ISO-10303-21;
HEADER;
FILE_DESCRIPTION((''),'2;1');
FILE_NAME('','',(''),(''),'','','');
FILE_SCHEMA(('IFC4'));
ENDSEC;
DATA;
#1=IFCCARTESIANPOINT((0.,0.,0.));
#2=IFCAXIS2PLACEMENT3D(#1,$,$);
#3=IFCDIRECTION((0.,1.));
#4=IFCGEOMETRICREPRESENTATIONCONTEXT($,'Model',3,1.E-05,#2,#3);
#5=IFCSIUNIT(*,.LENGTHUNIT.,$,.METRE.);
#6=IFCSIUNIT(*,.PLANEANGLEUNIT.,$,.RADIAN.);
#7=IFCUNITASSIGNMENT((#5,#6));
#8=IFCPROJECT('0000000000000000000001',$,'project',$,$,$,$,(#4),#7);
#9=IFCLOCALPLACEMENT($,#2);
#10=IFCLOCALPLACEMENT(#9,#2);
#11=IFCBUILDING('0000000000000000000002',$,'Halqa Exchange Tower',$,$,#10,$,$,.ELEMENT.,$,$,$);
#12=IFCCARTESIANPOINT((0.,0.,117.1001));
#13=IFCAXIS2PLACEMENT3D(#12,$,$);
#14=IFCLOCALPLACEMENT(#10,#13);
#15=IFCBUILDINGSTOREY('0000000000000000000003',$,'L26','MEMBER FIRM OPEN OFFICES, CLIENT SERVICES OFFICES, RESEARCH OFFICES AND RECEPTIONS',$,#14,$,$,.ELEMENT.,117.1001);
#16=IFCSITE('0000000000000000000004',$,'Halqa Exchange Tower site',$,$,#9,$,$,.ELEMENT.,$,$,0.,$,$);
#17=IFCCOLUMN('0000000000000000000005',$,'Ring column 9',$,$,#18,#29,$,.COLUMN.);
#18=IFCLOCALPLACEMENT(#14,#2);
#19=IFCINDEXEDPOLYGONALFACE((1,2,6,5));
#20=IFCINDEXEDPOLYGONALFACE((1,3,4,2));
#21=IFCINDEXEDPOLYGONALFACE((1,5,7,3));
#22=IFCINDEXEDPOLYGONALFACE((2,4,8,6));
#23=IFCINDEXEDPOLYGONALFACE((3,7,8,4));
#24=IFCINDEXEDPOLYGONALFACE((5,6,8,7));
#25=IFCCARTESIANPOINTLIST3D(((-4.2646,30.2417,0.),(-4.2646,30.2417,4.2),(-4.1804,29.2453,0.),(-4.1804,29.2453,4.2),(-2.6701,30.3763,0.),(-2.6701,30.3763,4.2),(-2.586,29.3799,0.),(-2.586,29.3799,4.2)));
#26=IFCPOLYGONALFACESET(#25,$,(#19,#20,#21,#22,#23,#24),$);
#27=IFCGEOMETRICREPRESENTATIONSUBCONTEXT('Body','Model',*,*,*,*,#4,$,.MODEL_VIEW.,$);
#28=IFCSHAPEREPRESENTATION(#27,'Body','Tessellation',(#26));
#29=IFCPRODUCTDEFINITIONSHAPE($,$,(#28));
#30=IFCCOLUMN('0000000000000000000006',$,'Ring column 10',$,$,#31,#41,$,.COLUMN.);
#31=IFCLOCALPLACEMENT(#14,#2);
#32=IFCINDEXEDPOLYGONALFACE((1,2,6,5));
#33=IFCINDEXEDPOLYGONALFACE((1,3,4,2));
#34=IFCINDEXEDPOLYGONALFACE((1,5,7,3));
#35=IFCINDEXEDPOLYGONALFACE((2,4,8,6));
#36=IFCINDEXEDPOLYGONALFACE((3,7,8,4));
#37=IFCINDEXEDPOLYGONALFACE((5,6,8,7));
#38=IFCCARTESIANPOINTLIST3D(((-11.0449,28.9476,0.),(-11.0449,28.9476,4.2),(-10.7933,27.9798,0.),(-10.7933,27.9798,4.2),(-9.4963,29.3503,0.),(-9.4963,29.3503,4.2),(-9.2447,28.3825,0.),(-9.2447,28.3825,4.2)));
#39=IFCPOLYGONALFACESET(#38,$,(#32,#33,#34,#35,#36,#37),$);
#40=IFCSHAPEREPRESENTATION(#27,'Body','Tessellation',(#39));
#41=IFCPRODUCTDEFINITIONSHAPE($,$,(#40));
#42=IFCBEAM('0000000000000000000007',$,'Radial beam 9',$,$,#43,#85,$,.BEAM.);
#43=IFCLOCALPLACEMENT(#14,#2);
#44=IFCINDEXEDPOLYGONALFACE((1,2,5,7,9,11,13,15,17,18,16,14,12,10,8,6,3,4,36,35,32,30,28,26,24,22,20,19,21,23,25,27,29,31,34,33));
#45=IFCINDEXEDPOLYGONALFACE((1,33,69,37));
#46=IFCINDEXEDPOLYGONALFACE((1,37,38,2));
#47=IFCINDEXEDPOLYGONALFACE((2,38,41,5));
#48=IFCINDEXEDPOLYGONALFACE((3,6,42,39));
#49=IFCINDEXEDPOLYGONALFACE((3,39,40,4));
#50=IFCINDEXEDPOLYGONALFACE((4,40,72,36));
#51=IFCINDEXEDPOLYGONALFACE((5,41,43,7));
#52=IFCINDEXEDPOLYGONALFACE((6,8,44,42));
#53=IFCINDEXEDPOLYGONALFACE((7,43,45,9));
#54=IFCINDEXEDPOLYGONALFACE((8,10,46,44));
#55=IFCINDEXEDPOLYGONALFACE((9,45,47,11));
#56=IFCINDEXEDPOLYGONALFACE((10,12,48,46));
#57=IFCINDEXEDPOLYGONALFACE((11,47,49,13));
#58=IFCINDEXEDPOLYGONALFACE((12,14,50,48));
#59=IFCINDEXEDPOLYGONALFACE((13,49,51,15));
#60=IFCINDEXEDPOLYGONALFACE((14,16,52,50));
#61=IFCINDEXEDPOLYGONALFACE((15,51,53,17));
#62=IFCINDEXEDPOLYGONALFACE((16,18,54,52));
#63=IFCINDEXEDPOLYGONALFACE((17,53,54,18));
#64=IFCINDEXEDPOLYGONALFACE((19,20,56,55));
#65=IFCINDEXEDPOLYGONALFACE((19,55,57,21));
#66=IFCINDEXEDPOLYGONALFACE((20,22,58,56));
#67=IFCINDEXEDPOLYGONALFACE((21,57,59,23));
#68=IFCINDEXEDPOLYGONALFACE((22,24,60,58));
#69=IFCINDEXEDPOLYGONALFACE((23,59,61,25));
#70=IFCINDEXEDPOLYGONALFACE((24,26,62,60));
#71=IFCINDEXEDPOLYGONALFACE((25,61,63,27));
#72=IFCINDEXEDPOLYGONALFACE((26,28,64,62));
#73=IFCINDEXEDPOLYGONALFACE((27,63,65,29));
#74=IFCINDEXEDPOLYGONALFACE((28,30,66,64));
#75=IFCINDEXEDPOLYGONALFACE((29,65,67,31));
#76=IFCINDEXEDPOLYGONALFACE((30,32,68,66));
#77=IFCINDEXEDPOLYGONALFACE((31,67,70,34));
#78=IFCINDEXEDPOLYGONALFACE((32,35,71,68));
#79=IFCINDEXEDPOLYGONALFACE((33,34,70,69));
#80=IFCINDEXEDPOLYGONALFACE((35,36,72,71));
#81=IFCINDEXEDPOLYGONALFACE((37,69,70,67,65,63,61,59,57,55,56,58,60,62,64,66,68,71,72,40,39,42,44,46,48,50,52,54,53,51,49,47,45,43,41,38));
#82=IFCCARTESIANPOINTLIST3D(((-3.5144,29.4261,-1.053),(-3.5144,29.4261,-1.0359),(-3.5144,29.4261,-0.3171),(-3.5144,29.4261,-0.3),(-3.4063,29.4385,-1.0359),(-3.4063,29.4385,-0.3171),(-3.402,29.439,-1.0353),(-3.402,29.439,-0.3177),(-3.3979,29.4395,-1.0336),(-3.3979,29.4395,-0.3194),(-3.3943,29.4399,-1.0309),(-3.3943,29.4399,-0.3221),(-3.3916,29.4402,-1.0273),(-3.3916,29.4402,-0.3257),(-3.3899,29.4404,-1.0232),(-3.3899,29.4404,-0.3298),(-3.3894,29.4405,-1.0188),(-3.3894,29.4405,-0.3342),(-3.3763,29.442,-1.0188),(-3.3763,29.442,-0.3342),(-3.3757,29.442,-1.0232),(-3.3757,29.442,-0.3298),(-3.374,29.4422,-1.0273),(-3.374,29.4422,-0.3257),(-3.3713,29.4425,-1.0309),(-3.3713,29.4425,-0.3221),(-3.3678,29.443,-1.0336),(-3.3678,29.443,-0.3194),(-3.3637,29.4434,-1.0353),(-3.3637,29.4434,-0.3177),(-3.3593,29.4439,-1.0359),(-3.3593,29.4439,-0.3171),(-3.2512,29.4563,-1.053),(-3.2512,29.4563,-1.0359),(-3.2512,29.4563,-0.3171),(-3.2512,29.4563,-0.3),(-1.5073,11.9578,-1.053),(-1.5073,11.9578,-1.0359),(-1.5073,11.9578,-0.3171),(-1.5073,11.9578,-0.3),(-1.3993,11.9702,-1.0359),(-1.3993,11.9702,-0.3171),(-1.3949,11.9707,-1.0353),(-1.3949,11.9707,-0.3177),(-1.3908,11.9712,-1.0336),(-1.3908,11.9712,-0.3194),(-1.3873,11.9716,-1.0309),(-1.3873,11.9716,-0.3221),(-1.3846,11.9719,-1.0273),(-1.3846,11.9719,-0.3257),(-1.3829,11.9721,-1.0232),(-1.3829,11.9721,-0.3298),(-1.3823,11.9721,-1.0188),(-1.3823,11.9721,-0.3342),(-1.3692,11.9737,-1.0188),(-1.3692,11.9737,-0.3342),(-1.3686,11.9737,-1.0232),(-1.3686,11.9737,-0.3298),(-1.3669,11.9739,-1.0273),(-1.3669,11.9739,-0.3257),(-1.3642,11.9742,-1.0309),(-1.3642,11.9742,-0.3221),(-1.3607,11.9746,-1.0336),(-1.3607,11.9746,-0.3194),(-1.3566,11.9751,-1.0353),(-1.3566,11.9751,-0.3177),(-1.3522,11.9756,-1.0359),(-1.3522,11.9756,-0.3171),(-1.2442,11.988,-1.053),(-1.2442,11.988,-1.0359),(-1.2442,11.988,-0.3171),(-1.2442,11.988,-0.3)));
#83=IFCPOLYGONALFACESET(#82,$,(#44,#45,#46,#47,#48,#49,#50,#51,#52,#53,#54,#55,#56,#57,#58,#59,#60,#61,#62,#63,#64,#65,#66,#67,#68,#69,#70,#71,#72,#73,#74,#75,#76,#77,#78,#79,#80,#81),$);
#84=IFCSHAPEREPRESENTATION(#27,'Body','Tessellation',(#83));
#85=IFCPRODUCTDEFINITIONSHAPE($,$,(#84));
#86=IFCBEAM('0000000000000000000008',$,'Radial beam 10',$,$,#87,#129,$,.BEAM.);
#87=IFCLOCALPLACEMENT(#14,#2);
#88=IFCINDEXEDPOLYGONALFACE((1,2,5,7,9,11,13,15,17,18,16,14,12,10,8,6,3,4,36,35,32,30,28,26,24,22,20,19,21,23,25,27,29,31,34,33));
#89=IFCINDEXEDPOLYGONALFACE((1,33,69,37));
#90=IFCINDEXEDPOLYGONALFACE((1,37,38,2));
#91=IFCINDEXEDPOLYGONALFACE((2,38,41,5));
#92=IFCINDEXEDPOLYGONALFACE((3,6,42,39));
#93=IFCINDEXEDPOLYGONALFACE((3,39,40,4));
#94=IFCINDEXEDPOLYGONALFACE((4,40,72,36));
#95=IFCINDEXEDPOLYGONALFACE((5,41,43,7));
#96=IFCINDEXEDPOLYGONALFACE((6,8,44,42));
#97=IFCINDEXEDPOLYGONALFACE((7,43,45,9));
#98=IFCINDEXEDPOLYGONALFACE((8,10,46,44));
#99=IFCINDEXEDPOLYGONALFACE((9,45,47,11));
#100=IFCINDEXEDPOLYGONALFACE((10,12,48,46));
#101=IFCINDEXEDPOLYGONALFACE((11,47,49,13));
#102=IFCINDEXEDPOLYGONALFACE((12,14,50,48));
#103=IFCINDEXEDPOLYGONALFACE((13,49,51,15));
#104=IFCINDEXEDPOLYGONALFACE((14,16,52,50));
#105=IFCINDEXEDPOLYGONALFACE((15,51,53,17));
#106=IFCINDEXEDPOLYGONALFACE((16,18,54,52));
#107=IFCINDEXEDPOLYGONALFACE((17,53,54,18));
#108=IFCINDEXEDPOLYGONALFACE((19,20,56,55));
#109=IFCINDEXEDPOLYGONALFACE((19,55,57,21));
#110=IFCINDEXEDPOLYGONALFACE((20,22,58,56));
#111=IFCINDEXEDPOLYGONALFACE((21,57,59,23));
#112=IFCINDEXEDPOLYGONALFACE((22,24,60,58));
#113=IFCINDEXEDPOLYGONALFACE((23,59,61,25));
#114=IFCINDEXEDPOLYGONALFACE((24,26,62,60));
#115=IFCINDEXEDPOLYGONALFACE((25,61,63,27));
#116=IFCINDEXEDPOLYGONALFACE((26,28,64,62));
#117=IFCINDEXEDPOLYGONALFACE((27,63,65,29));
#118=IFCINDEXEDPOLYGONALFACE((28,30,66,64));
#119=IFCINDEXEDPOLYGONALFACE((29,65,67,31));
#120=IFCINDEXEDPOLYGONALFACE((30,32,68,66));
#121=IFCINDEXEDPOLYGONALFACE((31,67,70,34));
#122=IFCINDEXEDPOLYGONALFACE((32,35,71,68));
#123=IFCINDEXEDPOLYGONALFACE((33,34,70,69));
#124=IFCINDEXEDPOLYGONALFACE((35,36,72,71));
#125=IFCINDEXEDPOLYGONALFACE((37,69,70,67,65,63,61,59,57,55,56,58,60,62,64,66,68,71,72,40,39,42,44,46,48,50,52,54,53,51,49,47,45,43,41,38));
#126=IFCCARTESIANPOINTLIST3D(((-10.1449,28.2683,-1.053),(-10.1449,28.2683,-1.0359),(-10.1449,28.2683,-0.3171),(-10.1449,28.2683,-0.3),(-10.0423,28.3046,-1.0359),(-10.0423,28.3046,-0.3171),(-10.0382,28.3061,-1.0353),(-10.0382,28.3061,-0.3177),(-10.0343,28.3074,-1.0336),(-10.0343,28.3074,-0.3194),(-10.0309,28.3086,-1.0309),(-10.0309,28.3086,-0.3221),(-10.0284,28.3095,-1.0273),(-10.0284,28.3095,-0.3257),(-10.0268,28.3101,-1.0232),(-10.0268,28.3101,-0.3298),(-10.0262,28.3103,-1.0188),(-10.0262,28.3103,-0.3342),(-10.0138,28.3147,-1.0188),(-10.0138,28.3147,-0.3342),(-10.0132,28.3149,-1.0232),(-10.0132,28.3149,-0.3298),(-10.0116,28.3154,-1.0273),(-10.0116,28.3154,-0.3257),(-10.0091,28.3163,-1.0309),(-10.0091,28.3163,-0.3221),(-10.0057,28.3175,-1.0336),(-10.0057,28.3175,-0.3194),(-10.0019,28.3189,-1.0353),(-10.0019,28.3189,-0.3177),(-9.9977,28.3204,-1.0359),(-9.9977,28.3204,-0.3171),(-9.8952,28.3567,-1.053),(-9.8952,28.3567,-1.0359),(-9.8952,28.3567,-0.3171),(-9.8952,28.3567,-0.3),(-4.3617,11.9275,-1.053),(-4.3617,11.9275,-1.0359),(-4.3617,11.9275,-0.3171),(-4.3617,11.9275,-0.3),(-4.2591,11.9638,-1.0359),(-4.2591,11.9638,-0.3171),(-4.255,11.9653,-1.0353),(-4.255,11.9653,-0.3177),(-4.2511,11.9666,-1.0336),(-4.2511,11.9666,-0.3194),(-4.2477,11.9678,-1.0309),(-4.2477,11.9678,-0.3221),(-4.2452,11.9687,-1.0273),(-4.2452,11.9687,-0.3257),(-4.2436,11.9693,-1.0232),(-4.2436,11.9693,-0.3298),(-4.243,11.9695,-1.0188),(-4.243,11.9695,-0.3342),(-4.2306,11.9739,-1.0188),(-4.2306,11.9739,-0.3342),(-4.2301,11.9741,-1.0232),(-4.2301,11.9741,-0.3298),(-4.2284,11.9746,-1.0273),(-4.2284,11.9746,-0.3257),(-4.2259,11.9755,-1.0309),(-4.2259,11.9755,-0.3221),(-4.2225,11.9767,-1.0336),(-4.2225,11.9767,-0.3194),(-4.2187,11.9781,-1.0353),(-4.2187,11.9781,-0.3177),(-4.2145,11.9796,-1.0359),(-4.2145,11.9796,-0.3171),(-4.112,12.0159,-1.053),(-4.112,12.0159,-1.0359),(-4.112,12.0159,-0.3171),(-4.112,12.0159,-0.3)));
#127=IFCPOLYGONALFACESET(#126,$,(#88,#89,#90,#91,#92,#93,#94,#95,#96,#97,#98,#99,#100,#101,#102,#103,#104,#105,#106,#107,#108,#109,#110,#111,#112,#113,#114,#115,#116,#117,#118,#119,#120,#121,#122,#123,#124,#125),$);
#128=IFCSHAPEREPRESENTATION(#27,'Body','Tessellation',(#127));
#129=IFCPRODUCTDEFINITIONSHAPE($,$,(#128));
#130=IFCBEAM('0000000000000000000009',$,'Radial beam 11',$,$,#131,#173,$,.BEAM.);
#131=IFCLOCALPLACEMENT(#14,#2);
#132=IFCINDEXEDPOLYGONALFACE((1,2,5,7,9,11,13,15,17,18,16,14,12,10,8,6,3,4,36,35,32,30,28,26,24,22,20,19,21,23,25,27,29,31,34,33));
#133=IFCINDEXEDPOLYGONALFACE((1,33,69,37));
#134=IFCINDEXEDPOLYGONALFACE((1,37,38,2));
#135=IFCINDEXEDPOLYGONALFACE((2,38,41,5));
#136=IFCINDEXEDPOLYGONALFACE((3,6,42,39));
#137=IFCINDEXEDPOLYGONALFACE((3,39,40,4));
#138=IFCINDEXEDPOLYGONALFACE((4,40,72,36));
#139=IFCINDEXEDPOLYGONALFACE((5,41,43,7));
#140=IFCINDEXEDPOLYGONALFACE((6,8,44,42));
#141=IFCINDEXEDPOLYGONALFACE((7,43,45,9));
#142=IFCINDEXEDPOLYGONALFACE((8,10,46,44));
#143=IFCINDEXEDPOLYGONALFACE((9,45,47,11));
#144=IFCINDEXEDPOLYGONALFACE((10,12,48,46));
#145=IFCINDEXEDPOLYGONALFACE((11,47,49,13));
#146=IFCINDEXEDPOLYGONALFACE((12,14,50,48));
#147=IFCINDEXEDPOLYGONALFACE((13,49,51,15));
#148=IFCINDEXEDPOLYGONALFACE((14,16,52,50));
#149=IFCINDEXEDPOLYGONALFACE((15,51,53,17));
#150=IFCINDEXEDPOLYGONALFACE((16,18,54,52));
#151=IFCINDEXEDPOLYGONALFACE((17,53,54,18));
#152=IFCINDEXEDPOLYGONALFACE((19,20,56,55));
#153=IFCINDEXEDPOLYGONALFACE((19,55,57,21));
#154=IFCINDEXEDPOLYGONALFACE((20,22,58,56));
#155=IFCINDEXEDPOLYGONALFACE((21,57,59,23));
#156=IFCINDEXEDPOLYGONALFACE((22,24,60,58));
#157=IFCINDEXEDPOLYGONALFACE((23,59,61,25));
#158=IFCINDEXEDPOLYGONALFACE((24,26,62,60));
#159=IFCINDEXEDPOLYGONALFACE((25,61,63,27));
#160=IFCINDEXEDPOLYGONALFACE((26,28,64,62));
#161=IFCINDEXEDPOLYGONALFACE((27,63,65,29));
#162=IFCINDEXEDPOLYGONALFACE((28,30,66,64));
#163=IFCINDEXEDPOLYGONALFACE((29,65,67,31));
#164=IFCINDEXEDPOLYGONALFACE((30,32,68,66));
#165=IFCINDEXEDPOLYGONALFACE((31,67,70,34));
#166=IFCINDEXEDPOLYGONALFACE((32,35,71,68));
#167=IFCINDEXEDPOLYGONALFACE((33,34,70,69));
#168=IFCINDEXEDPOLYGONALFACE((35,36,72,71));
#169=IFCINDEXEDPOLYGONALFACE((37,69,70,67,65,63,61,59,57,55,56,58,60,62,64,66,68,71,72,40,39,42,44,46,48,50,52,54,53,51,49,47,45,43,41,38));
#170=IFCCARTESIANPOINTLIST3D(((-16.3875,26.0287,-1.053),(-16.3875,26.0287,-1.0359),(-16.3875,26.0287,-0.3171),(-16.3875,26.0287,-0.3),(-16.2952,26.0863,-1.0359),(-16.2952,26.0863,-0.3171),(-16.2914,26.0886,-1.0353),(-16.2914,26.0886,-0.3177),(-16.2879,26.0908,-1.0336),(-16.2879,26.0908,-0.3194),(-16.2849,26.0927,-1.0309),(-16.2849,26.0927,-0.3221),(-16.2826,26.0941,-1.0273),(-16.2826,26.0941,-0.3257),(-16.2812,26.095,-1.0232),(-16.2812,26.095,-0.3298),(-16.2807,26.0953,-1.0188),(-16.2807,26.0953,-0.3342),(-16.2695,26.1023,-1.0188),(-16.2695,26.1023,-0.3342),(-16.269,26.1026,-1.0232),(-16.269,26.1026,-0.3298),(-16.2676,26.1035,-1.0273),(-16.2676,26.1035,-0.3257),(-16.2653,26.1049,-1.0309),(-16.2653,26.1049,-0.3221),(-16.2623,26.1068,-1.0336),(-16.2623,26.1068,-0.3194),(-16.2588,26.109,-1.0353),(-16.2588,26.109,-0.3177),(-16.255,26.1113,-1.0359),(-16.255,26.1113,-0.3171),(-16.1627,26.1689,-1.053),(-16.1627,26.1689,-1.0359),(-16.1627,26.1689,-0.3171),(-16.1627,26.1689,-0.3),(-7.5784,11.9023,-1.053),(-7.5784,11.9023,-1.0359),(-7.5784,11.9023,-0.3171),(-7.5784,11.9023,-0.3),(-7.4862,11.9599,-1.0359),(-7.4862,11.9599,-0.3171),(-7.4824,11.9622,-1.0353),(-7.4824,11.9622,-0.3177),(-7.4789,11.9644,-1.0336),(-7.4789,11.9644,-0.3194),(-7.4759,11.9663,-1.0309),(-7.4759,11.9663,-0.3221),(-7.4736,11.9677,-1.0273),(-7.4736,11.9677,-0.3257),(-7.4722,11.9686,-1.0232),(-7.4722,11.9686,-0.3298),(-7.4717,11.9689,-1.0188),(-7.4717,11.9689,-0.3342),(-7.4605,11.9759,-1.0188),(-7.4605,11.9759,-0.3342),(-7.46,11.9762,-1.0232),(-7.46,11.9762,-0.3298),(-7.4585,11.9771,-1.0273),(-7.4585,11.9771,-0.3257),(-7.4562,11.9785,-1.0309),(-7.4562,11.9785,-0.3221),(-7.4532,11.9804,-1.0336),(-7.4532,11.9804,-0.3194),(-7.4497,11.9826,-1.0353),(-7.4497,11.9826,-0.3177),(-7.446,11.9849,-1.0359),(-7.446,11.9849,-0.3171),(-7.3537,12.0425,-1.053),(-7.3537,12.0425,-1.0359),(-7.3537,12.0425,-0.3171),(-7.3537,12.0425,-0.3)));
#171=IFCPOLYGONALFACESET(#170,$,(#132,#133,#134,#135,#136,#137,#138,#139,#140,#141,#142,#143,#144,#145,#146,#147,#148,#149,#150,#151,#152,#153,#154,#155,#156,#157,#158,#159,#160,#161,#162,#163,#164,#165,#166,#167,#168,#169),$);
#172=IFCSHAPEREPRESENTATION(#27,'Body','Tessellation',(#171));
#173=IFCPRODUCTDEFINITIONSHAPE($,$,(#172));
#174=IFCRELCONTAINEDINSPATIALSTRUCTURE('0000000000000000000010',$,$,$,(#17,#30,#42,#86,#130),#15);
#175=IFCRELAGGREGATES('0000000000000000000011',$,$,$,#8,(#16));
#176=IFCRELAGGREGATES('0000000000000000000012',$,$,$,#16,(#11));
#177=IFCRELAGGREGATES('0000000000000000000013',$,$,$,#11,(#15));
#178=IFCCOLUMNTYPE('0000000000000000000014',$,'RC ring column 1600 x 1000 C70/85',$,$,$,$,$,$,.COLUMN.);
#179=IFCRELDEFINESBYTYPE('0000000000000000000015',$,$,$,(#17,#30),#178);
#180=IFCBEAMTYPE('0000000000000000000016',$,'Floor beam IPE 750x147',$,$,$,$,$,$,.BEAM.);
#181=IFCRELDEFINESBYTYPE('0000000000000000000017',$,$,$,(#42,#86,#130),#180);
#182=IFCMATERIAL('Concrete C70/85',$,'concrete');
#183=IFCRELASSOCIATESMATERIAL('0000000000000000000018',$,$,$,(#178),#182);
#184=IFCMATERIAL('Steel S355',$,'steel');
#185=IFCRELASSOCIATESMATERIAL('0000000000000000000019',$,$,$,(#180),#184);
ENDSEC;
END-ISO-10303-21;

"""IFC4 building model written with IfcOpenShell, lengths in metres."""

from ifc_helpers import new_model, si_unit, direction, frame, origin, origin_2d, place, context, subcontext, project, spatial, rectangle, i_section, extrude, material, material_profile, profile_set, type_object, element, save


model = new_model("IFC4")

# Units and contexts
model_context = context("Model", 3, precision=1e-05, world=origin(), true_north=direction((0.0, 1.0)))
body_context = subcontext(model_context, "Body", "Model", "MODEL_VIEW")
ifc_project = project(units=[si_unit("LENGTHUNIT", "METRE"), si_unit("PLANEANGLEUNIT", "RADIAN")], contexts=[model_context])

# Site, building, storey
site_placement = place(None, origin())
site = spatial("IfcSite", under=ifc_project, at=site_placement, Name="Halqa Exchange Tower site", CompositionType="ELEMENT", RefElevation=0.0)
building_placement = place(site_placement, origin())
building = spatial("IfcBuilding", under=site, at=building_placement, Name="Halqa Exchange Tower", CompositionType="ELEMENT")
storey_placement = place(building_placement, frame((0.0, 0.0, 117.1001)))
storey = spatial("IfcBuildingStorey", under=building, at=storey_placement, Name="L26", Description="MEMBER FIRM OPEN OFFICES, CLIENT SERVICES OFFICES, RESEARCH OFFICES AND RECEPTIONS", CompositionType="ELEMENT", Elevation=117.1001)

# Columns
ifc_material_1 = material(Name="Concrete C70/85", Category="concrete")
ifc_material_profile_1 = material_profile(ifc_material_1, rectangle(XDim=1.6001, YDim=1.0, at=origin_2d()), Name="1600 x 1000")
ifc_profile_set_1 = profile_set([ifc_material_profile_1], Name="Concrete C70/85")
column_type = type_object("IfcColumnType", Name="RC ring column 1600 x 1000 C70/85", PredefinedType="COLUMN", material=ifc_profile_set_1)
for number, where, z_axis, x_axis, name in (
    (1, (-3.4253, 29.8108, 0.0), (0.0, 0.0, 1.0), (-0.996456, -0.084121, 0.0), "Ring column 9"),
    (2, (-10.1448, 28.665, 0.0), (0.0, 0.0, 1.0), (-0.96782, -0.251644, 0.0), "Ring column 10"),
):
    element("IfcColumn", number, at=place(storey_placement, frame(where, z_axis=z_axis, x_axis=x_axis)), inside=storey, type_object=column_type, Name=name, PredefinedType="COLUMN", context=body_context, shape_type="SweptSolid", body=[
        extrude(rectangle(XDim=1.6001, YDim=1.0, at=origin_2d()), origin(), (0.0, 0.0, 1.0), 4.2),
    ])

# Beams
ifc_material_2 = material(Name="Steel S355", Category="steel")
ifc_material_profile_2 = material_profile(ifc_material_2, i_section(OverallWidth=0.2649, OverallDepth=0.7529, WebThickness=0.0132, FlangeThickness=0.0171, FilletRadius=0.0171, at=origin_2d()), Name="IPE 750x147")
ifc_profile_set_2 = profile_set([ifc_material_profile_2], Name="Steel S355")
beam_type_1 = type_object("IfcBeamType", Name="Floor beam IPE 750x147", PredefinedType="BEAM", material=ifc_profile_set_2)
beam_1_placement = place(storey_placement, frame((-1.3757, 11.9729, -0.6765), z_axis=(-0.114148, 0.993464, 0.0), x_axis=(-0.993464, -0.114148, 0.0)))
element("IfcBeam", 3, at=beam_1_placement, inside=storey, type_object=beam_type_1, Name="Radial beam 9", PredefinedType="BEAM", context=body_context, shape_type="SweptSolid", body=[
    extrude(i_section(OverallWidth=0.2649, OverallDepth=0.7529, WebThickness=0.0132, FlangeThickness=0.0171, FilletRadius=0.0171, at=origin_2d()), origin(), (0.0, 0.0, 1.0), 17.5833),
])
beam_2_placement = place(storey_placement, frame((-4.2368, 11.9717, -0.6765), z_axis=(-0.333633, 0.942703, 0.0), x_axis=(-0.942703, -0.333633, 0.0)))
element("IfcBeam", 4, at=beam_2_placement, inside=storey, type_object=beam_type_1, Name="Radial beam 10", PredefinedType="BEAM", context=body_context, shape_type="SweptSolid", body=[
    extrude(i_section(OverallWidth=0.2649, OverallDepth=0.7529, WebThickness=0.0132, FlangeThickness=0.0171, FilletRadius=0.0171, at=origin_2d()), origin(), (0.0, 0.0, 1.0), 17.334),
])
beam_3_placement = place(storey_placement, frame((-7.4661, 11.9724, -0.6765), z_axis=(-0.529137, 0.848537, 0.0), x_axis=(-0.848537, -0.529137, 0.0)))
element("IfcBeam", 5, at=beam_3_placement, inside=storey, type_object=beam_type_1, Name="Radial beam 11", PredefinedType="BEAM", context=body_context, shape_type="SweptSolid", body=[
    extrude(i_section(OverallWidth=0.2649, OverallDepth=0.7529, WebThickness=0.0132, FlangeThickness=0.0171, FilletRadius=0.0171, at=origin_2d()), origin(), (0.0, 0.0, 1.0), 16.6479),
])

save(model, "model.ifc")
